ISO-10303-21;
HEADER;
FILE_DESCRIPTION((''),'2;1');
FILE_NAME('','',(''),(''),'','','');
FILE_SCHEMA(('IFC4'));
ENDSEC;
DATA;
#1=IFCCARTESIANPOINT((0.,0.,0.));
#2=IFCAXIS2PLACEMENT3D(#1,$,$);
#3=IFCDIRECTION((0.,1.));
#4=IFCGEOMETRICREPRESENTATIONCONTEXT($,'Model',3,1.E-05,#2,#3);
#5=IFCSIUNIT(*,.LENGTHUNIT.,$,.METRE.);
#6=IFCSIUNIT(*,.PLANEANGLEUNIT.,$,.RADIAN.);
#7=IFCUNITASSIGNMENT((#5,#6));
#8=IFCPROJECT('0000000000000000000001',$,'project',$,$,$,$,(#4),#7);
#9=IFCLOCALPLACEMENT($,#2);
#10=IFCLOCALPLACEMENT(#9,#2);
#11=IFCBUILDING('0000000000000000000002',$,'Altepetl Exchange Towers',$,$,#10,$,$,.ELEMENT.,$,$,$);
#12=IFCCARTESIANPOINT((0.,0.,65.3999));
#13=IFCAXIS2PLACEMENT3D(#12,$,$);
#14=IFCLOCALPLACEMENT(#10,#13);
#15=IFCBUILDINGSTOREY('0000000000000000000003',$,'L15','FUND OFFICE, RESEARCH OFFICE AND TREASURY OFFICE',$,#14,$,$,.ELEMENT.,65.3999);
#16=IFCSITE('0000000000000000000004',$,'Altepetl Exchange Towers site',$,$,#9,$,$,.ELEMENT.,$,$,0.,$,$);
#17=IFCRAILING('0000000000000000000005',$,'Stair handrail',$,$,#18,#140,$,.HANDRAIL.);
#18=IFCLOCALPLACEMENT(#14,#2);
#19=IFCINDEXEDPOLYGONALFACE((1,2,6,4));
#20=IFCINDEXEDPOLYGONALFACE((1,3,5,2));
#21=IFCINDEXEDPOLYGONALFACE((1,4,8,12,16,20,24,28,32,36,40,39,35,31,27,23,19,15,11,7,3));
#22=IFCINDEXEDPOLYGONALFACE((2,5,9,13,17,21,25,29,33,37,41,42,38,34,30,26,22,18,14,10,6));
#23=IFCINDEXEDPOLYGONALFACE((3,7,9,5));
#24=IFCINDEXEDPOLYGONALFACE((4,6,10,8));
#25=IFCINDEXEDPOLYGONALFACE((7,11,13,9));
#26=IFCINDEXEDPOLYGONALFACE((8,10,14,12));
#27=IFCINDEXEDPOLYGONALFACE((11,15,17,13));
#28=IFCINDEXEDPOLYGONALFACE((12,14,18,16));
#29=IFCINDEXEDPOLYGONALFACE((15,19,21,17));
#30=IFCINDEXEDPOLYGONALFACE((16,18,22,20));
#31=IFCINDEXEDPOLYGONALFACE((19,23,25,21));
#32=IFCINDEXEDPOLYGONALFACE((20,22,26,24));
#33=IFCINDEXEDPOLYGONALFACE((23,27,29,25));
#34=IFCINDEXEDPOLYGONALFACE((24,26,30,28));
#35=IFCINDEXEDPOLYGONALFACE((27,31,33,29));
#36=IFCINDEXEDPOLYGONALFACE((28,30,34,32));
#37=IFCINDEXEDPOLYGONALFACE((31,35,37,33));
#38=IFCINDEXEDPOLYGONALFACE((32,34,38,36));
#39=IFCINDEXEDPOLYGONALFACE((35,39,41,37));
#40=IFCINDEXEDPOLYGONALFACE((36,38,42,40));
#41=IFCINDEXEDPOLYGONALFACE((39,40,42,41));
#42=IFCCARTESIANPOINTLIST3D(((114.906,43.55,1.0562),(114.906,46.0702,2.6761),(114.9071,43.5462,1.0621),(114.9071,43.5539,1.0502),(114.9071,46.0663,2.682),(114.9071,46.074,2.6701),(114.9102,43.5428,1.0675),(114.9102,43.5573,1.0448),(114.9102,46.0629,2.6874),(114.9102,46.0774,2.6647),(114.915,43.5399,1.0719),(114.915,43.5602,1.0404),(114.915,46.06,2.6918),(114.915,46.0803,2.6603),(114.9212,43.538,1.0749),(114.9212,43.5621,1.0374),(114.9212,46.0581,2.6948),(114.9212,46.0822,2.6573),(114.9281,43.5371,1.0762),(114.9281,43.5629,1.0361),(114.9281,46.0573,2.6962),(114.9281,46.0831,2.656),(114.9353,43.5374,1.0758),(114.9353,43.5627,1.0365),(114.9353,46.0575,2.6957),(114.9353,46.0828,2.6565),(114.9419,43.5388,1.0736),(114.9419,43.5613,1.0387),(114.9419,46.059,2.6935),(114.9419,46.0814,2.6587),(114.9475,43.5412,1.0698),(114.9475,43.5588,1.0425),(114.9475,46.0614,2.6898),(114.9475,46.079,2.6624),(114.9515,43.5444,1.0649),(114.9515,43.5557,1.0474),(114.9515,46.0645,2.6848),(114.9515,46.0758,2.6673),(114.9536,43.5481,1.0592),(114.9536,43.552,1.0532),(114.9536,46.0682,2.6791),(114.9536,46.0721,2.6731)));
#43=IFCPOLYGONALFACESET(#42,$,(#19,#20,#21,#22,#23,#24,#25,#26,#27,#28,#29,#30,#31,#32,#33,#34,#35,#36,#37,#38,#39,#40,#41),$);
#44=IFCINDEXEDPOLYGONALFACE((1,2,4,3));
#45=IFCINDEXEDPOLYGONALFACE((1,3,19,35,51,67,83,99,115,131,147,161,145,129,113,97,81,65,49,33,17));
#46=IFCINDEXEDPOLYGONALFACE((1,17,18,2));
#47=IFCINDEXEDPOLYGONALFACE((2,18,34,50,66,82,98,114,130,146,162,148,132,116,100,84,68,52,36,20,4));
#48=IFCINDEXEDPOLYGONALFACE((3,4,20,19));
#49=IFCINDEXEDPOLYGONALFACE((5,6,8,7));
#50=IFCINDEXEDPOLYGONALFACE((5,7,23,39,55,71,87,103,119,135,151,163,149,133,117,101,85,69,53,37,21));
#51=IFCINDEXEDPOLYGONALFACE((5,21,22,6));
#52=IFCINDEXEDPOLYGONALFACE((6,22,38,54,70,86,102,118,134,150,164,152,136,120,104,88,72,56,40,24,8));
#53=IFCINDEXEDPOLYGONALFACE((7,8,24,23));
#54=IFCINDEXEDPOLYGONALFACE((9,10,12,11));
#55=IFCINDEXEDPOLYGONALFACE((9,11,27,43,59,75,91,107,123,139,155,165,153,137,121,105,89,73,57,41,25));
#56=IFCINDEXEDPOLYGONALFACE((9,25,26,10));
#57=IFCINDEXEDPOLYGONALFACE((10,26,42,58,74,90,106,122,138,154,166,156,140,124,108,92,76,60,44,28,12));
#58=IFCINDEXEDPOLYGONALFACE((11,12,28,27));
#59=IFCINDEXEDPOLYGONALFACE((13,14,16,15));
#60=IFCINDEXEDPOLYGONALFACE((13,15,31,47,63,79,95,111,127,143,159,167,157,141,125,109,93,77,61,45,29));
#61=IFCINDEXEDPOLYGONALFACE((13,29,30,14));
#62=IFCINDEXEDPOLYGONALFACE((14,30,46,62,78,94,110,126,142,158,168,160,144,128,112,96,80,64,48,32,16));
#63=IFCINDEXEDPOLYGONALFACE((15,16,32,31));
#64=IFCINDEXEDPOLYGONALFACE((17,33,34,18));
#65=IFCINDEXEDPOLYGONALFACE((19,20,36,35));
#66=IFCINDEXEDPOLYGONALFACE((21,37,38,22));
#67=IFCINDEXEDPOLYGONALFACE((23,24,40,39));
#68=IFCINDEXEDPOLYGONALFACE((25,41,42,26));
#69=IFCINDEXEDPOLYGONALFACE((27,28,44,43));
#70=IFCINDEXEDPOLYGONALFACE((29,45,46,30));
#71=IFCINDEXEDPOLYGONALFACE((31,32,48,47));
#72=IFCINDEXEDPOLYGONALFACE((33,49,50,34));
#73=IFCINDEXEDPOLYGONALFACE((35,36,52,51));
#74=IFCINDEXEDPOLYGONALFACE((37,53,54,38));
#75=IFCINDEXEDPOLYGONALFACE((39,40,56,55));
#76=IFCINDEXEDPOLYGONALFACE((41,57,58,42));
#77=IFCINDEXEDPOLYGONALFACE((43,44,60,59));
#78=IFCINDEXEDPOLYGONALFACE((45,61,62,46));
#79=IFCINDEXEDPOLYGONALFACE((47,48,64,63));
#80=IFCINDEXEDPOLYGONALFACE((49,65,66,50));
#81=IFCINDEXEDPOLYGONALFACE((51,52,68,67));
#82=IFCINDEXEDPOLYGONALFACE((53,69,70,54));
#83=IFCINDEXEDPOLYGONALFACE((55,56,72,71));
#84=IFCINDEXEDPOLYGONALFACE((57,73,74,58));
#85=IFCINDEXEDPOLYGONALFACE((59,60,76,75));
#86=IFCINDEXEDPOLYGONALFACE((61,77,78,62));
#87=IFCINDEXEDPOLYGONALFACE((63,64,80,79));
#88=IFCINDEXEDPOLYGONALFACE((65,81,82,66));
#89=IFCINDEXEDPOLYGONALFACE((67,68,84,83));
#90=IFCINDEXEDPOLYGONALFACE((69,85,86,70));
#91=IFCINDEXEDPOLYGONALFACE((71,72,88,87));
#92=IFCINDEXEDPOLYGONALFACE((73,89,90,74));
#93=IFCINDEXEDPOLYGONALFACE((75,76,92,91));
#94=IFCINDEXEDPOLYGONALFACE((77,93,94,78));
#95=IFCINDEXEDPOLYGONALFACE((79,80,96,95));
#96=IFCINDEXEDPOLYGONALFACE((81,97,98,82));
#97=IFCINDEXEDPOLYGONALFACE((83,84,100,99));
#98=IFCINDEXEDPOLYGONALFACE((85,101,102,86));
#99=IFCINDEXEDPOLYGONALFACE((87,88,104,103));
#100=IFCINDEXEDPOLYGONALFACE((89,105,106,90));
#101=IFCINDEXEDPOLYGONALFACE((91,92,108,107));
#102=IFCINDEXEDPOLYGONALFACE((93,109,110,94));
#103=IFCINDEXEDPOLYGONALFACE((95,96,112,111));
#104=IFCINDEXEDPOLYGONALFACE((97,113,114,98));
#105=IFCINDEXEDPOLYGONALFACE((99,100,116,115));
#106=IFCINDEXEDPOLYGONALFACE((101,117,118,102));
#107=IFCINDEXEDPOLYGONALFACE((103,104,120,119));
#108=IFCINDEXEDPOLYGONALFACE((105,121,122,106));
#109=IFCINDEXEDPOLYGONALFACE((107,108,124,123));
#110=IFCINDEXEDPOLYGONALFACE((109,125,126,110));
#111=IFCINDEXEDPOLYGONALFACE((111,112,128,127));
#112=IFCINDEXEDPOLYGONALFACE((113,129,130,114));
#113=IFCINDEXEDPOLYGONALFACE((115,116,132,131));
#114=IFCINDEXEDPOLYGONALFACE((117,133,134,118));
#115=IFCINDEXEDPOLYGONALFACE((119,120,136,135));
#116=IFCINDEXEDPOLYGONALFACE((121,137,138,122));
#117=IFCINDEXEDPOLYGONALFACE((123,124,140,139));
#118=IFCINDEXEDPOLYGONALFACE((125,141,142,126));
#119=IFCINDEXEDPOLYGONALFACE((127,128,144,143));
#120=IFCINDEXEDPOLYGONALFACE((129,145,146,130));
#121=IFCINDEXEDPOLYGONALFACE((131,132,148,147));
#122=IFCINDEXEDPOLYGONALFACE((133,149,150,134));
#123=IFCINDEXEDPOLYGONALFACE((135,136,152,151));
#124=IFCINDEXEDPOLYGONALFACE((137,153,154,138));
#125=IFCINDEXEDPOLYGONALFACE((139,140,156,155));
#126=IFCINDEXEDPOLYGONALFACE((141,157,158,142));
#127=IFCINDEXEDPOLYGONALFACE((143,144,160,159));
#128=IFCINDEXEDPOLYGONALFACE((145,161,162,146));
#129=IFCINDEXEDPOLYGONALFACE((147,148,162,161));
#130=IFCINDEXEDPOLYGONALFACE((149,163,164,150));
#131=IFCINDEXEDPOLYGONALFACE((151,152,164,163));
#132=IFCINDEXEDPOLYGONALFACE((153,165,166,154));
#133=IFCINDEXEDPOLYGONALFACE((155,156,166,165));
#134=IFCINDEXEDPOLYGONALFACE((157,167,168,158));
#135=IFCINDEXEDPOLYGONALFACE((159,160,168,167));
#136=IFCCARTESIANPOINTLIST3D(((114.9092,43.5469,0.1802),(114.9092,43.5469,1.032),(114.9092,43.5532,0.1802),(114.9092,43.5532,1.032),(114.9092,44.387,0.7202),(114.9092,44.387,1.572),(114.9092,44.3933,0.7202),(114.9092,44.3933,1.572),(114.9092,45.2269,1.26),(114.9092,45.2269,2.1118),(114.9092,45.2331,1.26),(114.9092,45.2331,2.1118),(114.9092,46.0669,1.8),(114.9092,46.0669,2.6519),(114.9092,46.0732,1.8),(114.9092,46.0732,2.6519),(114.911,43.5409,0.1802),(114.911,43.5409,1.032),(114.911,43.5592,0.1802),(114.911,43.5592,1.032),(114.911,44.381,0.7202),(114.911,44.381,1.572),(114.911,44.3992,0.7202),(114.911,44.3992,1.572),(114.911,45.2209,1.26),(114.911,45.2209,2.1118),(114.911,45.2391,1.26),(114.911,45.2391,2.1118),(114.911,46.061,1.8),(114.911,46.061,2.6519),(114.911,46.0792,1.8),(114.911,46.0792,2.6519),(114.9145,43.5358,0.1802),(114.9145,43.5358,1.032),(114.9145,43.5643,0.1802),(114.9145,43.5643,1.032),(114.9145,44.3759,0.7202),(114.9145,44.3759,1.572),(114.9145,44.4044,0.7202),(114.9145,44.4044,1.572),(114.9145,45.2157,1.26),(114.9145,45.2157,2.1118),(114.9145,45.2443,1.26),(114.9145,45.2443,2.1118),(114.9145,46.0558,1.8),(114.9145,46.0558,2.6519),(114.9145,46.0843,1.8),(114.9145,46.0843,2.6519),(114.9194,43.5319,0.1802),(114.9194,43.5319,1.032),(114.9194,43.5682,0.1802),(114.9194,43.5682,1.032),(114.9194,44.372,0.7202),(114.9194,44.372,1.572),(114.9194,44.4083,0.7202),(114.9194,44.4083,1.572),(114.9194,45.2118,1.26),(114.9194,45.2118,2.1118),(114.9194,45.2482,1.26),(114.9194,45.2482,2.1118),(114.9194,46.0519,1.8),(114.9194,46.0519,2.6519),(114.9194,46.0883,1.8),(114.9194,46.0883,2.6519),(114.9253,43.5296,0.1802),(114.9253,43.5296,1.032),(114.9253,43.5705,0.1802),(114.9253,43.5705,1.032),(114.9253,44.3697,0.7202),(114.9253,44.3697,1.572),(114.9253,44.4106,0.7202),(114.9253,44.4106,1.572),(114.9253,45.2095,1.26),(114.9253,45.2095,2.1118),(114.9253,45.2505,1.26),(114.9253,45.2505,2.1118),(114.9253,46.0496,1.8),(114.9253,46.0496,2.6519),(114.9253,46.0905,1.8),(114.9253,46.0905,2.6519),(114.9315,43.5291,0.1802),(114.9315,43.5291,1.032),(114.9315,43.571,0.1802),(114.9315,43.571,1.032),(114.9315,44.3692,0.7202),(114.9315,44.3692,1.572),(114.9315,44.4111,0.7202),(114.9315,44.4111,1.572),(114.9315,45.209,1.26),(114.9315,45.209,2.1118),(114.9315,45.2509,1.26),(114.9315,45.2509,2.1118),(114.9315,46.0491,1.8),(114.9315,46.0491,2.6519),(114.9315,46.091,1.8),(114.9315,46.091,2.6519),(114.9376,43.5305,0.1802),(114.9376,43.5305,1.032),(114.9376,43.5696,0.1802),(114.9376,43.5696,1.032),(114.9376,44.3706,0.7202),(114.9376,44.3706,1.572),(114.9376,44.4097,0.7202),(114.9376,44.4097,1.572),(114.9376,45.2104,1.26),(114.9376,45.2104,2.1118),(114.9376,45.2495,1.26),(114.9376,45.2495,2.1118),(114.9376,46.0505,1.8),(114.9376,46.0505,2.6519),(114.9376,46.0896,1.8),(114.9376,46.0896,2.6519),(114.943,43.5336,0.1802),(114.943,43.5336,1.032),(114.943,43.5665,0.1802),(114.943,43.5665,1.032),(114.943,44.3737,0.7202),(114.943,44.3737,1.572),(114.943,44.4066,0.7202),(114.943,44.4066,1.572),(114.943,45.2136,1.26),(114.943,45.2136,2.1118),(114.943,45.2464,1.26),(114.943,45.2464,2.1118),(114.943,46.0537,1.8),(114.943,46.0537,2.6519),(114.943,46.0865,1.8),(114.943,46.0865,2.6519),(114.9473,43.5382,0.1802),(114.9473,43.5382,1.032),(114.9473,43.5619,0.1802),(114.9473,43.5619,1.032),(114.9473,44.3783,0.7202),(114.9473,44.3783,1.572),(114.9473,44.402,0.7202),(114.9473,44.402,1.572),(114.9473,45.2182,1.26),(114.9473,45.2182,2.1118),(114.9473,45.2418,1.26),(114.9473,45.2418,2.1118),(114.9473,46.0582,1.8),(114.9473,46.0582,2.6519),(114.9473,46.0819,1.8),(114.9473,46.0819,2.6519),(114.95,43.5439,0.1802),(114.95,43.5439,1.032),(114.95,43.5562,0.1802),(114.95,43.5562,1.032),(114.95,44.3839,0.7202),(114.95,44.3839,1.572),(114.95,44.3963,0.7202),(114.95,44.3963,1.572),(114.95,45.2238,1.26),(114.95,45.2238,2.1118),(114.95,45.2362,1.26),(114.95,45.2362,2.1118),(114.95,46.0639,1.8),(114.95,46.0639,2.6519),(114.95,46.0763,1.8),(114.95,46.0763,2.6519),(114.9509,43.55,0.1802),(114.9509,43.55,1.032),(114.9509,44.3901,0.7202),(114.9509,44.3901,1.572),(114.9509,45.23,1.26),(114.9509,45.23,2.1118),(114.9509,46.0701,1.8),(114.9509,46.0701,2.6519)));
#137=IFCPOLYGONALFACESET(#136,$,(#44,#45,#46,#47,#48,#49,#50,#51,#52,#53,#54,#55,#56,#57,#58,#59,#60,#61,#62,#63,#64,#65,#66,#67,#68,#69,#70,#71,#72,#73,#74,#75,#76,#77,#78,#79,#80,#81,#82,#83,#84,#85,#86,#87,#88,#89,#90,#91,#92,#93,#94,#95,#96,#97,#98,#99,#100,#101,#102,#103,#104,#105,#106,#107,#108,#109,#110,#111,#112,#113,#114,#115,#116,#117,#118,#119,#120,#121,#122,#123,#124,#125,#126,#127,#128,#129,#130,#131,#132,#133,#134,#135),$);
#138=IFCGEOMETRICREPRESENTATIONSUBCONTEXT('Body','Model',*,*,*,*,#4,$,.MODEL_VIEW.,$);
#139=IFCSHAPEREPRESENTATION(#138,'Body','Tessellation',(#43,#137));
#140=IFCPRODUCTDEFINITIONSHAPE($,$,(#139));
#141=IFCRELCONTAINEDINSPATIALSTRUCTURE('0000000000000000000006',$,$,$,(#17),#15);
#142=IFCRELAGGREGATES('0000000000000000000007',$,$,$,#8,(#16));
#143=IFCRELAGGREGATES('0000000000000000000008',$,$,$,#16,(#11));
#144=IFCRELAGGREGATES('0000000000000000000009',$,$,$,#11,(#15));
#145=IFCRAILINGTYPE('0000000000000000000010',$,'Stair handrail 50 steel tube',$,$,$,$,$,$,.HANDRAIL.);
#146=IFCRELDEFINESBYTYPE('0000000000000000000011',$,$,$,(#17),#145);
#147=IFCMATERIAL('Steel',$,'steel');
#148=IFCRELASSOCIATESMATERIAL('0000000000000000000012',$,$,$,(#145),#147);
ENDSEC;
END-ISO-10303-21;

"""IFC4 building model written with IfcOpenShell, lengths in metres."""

from ifc_helpers import new_model, si_unit, direction, frame, origin, origin_2d, place, context, subcontext, project, spatial, circle, extrude, source, transform, mapped, material, type_object, element, save


model = new_model("IFC4")

# Units and contexts
model_context = context("Model", 3, precision=1e-05, world=origin(), true_north=direction((0.0, 1.0)))
body_context = subcontext(model_context, "Body", "Model", "MODEL_VIEW")
ifc_project = project(units=[si_unit("LENGTHUNIT", "METRE"), si_unit("PLANEANGLEUNIT", "RADIAN")], contexts=[model_context])

# Site, building, storey
site_placement = place(None, origin())
site = spatial("IfcSite", under=ifc_project, at=site_placement, Name="Altepetl Exchange Towers site", CompositionType="ELEMENT", RefElevation=0.0)
building_placement = place(site_placement, origin())
building = spatial("IfcBuilding", under=site, at=building_placement, Name="Altepetl Exchange Towers", CompositionType="ELEMENT")
storey_placement = place(building_placement, frame((0.0, 0.0, 65.3999)))
storey = spatial("IfcBuildingStorey", under=building, at=storey_placement, Name="L15", Description="FUND OFFICE, RESEARCH OFFICE AND TREASURY OFFICE", CompositionType="ELEMENT", Elevation=65.3999)

# Railing
ifc_material_1 = material(Name="Steel", Category="steel")
railing_type = type_object("IfcRailingType", Name="Stair handrail 50 steel tube", PredefinedType="HANDRAIL", material=ifc_material_1)
shared_shape = source(origin(), body_context, "Body", "SweptSolid", [
    extrude(circle(Radius=0.021, at=origin_2d()), origin(), (0.0, 0.0, 1.0), 0.8518),
])
railing_1_placement = place(storey_placement, frame((114.9299, 43.55, 0.1802)))
element("IfcRailing", 1, at=railing_1_placement, inside=storey, type_object=railing_type, Name="Stair handrail", PredefinedType="HANDRAIL", context=body_context, shape_type="SweptSolid", body=[
    extrude(circle(Radius=0.0239, at=origin_2d()), frame((0.0, 0.0, 0.876), z_axis=(0.0, 0.8412, 0.540725), x_axis=(-1.0, 0.0, 0.0)), (0.0, 0.0, 1.0), 2.9958),
    mapped(shared_shape, transform((0.0, 0.0, 0.0))),
    mapped(shared_shape, transform((0.0, 0.8401, 0.54))),
    mapped(shared_shape, transform((0.0, 1.6799, 1.0798))),
    mapped(shared_shape, transform((0.0, 2.52, 1.6199))),
])

save(model, "model.ifc")
